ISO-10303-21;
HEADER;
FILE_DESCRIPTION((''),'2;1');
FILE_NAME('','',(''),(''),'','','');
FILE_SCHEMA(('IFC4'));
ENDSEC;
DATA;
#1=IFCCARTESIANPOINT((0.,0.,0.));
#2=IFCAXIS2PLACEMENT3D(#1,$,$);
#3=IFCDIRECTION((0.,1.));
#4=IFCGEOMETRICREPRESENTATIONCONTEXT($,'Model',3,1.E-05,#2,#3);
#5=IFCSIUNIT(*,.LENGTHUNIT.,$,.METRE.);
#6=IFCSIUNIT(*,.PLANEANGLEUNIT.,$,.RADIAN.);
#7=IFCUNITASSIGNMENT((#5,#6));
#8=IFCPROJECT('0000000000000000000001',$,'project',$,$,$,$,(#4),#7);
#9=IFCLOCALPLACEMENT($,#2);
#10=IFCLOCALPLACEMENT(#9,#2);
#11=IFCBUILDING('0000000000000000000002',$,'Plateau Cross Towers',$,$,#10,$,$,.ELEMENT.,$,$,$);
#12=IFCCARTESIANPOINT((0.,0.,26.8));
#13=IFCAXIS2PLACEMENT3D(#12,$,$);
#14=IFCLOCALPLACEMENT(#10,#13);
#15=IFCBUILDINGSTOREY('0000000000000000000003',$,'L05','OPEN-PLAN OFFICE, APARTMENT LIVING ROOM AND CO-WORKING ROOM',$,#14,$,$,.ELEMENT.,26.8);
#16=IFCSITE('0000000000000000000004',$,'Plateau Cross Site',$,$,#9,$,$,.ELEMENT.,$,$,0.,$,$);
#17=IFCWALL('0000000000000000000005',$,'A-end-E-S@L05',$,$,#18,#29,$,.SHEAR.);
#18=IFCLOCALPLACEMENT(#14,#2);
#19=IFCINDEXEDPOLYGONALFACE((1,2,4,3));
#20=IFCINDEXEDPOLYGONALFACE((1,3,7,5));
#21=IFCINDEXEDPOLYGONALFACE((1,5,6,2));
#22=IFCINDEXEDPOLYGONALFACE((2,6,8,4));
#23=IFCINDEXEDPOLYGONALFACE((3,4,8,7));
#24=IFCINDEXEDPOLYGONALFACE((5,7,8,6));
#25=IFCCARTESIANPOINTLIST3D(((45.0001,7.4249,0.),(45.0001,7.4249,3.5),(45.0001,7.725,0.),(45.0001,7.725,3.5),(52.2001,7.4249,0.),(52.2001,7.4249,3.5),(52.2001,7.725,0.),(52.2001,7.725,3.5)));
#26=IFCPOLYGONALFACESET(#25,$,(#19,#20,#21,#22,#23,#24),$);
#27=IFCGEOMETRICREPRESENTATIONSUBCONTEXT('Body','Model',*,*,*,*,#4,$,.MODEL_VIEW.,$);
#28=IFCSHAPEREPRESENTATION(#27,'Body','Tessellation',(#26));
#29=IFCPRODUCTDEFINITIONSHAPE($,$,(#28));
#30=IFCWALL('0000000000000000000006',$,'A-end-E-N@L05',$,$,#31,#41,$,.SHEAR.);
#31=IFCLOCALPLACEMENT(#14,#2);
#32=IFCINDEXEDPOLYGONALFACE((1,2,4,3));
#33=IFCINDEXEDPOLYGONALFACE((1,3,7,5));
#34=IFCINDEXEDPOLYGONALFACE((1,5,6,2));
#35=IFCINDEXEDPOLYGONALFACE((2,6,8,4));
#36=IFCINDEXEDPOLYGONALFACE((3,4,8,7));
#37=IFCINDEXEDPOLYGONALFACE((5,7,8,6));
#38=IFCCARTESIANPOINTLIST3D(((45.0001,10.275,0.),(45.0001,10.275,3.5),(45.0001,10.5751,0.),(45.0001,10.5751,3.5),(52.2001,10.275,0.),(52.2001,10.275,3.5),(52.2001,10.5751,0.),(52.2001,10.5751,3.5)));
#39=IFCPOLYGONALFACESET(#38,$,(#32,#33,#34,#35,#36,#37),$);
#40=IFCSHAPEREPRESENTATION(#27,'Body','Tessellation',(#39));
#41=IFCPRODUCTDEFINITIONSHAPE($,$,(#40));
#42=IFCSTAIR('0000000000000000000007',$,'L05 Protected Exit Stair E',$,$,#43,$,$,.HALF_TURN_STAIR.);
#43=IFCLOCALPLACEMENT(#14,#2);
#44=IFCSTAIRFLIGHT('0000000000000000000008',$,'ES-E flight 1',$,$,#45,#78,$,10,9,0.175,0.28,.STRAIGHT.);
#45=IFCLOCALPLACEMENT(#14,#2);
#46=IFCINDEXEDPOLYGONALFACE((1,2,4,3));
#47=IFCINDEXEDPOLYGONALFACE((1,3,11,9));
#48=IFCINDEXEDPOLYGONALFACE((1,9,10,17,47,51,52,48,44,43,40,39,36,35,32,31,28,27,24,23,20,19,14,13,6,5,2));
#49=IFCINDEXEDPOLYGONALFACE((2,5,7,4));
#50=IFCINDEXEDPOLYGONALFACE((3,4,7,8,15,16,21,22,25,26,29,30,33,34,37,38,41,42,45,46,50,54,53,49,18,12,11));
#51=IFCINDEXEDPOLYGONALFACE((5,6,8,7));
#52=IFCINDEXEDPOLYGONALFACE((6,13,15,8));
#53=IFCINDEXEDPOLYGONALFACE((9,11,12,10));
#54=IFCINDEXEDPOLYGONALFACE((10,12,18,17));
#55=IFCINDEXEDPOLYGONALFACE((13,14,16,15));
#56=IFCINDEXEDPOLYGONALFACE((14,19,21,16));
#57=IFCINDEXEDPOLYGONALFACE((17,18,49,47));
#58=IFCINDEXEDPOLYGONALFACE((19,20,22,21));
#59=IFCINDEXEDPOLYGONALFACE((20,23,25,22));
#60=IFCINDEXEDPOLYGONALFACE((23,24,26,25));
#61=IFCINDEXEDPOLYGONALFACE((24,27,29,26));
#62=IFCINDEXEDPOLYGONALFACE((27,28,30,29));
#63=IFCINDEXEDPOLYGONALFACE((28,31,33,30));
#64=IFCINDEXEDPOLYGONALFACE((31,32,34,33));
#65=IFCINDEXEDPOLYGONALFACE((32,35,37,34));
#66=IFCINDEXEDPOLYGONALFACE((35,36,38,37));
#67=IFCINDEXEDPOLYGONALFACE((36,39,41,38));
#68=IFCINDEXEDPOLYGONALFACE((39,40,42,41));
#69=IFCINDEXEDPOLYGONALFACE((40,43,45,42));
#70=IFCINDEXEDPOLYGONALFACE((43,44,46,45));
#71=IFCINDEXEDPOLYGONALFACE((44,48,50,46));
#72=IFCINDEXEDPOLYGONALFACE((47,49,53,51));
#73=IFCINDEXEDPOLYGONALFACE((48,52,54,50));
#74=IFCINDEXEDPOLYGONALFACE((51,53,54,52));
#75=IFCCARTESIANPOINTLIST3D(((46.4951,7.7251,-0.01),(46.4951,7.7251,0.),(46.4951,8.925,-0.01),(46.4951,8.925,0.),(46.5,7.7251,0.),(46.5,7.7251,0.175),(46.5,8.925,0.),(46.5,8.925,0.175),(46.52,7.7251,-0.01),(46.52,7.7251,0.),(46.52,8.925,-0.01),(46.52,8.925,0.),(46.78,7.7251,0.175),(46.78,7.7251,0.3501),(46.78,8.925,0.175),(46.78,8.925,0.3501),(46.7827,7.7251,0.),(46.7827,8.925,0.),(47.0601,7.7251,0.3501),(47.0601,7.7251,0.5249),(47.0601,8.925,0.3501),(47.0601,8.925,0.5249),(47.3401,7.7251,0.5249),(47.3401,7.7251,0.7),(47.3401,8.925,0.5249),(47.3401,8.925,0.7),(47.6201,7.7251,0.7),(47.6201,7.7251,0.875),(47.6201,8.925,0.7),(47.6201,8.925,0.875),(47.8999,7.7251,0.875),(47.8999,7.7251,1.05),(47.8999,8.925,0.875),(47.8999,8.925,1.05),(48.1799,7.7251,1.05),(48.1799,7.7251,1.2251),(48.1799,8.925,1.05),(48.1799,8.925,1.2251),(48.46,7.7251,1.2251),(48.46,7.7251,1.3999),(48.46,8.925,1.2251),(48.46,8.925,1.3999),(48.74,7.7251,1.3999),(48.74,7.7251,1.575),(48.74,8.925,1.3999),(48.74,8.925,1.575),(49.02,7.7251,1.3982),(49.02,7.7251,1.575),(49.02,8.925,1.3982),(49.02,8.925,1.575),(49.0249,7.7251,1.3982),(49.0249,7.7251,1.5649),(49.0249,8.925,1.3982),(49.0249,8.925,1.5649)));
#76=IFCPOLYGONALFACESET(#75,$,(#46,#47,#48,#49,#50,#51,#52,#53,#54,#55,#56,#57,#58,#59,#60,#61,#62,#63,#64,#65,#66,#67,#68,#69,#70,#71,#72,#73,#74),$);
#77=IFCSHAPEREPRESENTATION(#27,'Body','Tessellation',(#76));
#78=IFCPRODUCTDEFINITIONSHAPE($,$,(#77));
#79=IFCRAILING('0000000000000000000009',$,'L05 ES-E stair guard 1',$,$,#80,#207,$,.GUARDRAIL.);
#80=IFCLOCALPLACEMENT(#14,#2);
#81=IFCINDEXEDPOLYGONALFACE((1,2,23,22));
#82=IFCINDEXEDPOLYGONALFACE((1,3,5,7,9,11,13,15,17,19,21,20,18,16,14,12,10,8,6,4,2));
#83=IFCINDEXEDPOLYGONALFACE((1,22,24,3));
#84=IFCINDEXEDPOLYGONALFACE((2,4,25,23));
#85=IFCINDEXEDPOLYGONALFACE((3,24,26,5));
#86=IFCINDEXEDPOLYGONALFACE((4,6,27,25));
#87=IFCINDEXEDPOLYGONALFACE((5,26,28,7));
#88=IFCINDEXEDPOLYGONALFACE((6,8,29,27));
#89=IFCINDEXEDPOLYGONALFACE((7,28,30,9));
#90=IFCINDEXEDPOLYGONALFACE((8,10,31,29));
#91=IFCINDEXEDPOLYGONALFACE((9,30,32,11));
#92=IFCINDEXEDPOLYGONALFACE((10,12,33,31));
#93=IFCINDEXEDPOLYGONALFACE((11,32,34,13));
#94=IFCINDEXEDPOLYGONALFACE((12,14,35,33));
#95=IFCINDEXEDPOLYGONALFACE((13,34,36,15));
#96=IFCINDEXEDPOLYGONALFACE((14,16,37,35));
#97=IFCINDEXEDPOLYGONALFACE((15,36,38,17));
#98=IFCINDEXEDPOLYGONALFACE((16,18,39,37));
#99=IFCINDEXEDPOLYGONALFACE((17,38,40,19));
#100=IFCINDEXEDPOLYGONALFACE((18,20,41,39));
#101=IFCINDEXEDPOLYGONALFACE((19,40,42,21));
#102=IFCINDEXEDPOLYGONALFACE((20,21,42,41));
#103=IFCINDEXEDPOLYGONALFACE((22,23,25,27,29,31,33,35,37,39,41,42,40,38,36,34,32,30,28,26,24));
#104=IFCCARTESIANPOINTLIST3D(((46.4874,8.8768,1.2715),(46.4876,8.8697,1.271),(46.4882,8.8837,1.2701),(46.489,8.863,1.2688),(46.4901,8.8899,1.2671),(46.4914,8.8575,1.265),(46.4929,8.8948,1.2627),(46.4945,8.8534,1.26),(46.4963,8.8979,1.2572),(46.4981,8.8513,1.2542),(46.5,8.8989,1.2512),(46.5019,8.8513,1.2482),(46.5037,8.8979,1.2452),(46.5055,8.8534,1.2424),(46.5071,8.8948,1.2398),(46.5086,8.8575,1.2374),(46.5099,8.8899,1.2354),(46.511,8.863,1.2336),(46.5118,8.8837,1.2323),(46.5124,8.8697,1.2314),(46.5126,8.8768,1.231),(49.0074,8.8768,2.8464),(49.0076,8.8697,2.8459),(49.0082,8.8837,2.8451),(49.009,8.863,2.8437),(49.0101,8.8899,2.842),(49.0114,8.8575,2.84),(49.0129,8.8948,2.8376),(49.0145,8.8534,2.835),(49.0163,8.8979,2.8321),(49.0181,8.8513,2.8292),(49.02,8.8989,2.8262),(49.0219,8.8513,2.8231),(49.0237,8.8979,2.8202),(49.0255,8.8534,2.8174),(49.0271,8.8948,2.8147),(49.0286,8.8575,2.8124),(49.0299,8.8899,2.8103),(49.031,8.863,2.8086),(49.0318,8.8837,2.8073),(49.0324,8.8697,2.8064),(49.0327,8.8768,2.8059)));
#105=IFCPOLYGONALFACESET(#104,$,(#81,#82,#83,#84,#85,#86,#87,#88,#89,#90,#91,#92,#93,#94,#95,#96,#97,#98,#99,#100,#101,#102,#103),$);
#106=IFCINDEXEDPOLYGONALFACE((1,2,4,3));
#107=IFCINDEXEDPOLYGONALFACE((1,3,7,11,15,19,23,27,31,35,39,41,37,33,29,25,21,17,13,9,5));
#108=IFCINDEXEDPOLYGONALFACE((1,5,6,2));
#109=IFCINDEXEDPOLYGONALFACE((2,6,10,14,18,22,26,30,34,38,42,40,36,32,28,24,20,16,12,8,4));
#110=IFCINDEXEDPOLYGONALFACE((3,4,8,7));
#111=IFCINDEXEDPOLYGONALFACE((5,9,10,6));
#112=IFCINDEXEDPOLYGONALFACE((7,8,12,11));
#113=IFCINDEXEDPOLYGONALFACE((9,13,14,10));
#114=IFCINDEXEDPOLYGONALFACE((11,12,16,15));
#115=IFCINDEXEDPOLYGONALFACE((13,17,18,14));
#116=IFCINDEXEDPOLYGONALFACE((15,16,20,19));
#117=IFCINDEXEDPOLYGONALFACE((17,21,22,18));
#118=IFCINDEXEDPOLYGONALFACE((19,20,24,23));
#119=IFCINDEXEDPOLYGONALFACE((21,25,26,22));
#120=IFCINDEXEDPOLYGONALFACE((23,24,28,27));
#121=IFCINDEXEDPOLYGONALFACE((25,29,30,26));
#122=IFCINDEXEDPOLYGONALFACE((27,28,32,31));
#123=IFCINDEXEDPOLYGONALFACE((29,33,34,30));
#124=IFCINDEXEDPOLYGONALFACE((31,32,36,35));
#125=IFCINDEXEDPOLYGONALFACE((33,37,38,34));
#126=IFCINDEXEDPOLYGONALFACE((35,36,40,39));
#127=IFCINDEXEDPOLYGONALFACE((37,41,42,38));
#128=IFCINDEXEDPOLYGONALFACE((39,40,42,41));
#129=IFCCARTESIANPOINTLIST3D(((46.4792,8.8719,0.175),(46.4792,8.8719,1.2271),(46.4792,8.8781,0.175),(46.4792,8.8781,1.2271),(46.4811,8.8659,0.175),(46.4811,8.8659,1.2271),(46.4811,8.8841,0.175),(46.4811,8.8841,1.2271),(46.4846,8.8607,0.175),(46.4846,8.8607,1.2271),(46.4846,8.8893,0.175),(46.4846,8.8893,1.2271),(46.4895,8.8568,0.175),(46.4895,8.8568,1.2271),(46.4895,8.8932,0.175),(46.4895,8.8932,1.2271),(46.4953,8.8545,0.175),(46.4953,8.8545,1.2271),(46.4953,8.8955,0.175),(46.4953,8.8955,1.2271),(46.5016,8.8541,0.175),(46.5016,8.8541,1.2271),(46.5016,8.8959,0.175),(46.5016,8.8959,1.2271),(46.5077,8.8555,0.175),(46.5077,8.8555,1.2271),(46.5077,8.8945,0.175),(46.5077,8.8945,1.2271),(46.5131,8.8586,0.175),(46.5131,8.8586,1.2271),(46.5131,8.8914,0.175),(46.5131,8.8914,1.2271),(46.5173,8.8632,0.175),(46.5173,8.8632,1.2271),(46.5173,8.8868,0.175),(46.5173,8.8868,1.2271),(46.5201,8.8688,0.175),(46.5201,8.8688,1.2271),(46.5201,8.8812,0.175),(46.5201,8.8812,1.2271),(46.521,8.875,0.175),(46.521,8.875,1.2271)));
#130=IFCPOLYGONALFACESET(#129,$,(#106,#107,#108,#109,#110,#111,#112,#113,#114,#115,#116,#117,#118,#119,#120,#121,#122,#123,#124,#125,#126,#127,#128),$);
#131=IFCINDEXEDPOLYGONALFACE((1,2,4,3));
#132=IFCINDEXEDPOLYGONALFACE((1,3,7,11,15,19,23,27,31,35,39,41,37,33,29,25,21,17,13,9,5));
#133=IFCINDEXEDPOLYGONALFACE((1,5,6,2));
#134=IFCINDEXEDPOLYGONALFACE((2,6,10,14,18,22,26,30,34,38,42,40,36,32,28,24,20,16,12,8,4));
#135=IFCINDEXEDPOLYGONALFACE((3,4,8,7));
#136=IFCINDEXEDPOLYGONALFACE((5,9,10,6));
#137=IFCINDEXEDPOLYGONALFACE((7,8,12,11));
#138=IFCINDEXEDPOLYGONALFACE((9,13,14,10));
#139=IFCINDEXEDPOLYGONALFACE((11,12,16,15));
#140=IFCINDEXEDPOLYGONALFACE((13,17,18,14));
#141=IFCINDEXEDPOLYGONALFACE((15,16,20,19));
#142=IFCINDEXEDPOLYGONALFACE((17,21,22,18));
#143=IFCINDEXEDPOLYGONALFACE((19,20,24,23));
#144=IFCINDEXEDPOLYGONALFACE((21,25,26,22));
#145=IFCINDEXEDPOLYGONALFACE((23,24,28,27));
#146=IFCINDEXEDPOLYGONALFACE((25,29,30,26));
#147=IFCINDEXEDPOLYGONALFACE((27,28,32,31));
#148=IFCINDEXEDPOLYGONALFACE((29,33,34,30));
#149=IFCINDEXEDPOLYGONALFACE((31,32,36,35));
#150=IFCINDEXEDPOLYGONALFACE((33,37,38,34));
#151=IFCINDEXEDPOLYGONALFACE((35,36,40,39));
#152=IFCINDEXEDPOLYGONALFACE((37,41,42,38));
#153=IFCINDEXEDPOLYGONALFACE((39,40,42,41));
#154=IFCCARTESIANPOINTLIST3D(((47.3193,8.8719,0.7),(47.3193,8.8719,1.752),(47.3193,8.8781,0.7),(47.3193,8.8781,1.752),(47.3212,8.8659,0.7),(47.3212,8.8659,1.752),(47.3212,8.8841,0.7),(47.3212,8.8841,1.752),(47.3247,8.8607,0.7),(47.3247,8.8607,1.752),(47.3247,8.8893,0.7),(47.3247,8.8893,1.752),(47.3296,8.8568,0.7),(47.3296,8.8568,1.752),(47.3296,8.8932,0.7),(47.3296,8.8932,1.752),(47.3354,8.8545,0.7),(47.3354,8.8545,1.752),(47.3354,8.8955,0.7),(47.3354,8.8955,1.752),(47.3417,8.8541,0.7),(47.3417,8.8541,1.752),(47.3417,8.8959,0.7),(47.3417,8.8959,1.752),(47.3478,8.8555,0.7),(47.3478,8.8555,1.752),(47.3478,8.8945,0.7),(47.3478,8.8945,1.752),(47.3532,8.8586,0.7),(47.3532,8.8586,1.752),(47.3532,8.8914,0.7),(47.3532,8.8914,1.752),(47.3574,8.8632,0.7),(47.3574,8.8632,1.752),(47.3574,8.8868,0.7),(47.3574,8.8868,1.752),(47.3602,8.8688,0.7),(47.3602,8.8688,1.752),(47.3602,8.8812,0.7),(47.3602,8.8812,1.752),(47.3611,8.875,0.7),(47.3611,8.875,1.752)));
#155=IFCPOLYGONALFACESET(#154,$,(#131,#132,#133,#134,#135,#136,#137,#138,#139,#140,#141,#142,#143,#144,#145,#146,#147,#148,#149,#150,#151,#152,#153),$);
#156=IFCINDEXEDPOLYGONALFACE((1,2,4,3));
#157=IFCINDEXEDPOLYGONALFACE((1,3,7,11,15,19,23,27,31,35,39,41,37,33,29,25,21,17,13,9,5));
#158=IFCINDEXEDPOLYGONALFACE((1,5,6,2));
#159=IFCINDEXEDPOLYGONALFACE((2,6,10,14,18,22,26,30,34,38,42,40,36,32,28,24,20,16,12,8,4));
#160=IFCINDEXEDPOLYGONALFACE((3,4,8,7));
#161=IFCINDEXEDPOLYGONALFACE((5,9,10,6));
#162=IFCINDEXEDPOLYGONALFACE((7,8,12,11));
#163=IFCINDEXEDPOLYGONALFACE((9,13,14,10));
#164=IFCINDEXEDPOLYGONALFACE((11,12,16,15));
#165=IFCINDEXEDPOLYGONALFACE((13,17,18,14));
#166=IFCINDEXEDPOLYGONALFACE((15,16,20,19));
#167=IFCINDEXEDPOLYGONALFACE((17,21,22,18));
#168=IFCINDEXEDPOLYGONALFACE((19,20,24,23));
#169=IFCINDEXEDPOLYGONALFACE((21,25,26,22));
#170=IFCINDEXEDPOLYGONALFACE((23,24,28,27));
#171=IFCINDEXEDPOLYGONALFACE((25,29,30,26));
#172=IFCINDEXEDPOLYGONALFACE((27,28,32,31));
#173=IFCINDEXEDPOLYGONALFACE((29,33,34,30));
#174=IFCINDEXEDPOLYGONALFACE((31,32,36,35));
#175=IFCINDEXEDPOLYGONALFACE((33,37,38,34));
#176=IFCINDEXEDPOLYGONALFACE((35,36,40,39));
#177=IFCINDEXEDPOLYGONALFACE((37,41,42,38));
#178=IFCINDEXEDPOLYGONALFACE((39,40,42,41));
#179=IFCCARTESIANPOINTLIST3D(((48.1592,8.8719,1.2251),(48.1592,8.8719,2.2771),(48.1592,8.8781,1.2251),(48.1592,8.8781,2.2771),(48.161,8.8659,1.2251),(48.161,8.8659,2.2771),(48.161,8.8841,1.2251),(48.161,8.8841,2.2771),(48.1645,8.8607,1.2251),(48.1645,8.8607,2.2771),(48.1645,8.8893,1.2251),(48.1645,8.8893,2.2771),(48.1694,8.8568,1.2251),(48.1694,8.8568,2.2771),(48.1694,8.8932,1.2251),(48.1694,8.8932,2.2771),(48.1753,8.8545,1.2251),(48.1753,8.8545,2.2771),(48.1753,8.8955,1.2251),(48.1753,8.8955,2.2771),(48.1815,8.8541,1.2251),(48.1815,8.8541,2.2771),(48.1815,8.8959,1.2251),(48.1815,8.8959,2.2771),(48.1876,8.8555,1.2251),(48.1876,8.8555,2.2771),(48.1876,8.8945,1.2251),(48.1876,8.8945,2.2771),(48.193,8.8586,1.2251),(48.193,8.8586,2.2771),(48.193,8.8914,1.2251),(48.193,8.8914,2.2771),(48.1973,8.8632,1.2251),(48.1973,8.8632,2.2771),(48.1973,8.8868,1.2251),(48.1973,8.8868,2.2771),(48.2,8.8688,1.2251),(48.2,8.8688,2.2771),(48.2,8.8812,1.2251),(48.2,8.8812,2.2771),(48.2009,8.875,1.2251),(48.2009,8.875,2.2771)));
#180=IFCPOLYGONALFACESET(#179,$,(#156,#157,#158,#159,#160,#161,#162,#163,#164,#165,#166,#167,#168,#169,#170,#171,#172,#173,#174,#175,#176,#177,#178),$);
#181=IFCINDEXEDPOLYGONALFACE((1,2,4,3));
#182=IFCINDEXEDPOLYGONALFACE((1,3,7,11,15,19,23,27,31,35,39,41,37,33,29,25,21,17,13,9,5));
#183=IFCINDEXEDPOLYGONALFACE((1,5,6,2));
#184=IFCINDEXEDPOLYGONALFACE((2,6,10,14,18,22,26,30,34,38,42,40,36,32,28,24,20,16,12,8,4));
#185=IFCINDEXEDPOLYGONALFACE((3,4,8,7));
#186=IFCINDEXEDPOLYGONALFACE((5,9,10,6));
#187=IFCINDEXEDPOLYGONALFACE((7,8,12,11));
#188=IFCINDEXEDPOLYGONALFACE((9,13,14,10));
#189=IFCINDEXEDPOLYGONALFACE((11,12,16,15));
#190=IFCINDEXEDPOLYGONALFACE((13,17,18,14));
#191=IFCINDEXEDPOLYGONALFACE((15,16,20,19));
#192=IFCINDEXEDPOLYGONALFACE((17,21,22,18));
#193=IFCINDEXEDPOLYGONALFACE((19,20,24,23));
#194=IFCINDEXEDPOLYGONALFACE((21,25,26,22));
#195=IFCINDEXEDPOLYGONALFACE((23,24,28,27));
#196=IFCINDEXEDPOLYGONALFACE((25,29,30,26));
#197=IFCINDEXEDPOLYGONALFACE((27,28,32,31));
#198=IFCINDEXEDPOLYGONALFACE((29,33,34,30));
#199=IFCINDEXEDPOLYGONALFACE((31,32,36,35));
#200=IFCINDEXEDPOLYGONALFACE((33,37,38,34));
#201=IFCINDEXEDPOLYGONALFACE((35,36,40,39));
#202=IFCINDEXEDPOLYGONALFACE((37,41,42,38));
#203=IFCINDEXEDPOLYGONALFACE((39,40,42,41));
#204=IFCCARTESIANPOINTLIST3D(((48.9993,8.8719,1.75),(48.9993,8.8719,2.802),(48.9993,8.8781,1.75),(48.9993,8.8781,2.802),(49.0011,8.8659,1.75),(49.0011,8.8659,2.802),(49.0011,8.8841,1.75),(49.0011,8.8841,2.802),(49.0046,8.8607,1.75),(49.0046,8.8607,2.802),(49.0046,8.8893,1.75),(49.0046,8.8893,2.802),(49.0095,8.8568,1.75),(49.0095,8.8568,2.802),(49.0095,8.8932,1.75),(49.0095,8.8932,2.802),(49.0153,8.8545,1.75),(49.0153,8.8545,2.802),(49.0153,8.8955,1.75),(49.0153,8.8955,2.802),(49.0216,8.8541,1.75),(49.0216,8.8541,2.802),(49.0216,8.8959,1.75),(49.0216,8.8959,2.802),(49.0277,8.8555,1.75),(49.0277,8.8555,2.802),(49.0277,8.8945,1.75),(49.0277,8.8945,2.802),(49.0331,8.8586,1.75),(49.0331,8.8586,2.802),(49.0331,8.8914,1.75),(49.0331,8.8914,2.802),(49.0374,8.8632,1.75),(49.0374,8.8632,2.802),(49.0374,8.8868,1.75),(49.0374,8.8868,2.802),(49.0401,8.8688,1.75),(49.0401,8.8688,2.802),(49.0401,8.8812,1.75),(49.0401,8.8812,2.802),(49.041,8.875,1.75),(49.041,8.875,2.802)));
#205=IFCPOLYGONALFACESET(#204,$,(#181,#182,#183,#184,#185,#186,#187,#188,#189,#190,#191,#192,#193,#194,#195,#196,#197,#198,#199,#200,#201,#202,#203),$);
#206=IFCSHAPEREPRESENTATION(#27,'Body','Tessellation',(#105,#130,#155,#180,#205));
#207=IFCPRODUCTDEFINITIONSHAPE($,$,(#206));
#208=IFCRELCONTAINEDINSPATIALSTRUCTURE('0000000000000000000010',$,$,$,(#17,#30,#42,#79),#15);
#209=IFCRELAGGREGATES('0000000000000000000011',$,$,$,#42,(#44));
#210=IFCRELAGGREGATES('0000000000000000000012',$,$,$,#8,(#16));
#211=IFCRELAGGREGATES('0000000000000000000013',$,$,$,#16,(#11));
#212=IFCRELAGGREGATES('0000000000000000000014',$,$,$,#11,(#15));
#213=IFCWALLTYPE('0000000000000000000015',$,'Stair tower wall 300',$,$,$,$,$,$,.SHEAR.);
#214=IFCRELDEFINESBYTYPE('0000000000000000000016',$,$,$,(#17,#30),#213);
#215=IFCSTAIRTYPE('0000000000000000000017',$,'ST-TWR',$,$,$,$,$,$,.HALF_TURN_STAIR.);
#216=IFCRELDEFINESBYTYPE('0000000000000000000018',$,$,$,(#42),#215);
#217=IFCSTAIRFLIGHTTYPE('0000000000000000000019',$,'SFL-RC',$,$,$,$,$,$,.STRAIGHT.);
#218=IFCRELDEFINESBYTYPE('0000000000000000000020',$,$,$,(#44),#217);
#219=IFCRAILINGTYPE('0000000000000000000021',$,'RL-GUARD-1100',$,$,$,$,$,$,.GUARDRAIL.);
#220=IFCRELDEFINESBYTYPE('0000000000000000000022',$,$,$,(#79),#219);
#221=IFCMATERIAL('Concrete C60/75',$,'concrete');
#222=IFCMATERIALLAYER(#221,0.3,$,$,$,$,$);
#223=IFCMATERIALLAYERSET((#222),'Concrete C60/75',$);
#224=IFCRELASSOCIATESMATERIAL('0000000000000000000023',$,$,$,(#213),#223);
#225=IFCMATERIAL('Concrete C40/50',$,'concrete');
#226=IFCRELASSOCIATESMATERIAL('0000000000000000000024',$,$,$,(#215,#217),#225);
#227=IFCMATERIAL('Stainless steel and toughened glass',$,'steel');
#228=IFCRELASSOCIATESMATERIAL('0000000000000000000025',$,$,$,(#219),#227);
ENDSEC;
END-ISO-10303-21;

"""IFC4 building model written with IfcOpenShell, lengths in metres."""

from ifc_helpers import new_model, si_unit, direction, frame, frame_2d, origin, origin_2d, place, context, subcontext, project, spatial, polyline, rectangle, circle, outline, extrude, material, layer, layer_set, type_object, element, aggregate, save


model = new_model("IFC4")

# Units and contexts
model_context = context("Model", 3, precision=1e-05, world=origin(), true_north=direction((0.0, 1.0)))
body_context = subcontext(model_context, "Body", "Model", "MODEL_VIEW")
ifc_project = project(units=[si_unit("LENGTHUNIT", "METRE"), si_unit("PLANEANGLEUNIT", "RADIAN")], contexts=[model_context])

# Site, building, storey
site_placement = place(None, origin())
site = spatial("IfcSite", under=ifc_project, at=site_placement, Name="Plateau Cross Site", CompositionType="ELEMENT", RefElevation=0.0)
building_placement = place(site_placement, origin())
building = spatial("IfcBuilding", under=site, at=building_placement, Name="Plateau Cross Towers", CompositionType="ELEMENT")
storey_placement = place(building_placement, frame((0.0, 0.0, 26.8)))
storey = spatial("IfcBuildingStorey", under=building, at=storey_placement, Name="L05", Description="OPEN-PLAN OFFICE, APARTMENT LIVING ROOM AND CO-WORKING ROOM", CompositionType="ELEMENT", Elevation=26.8)

# Shared definitions
ifc_material_1 = material(Name="Concrete C60/75", Category="concrete")
ifc_layer_1 = layer(ifc_material_1, 0.3)
ifc_layer_set_1 = layer_set([ifc_layer_1], Name="Concrete C60/75")
wall_type_1 = type_object("IfcWallType", Name="Stair tower wall 300", PredefinedType="SHEAR", material=ifc_layer_set_1)

# Walls
for number, where, z_axis, x_axis, name in (
    (1, (45.0, 7.575, 0.0), (0.0, 0.0, 1.0), (1.0, 0.0, 0.0), "A-end-E-S@L05"),
    (2, (45.0, 10.425, 0.0), (0.0, 0.0, 1.0), (1.0, 0.0, 0.0), "A-end-E-N@L05"),
):
    element("IfcWall", number, at=place(storey_placement, frame(where, z_axis=z_axis, x_axis=x_axis)), inside=storey, type_object=wall_type_1, Name=name, PredefinedType="SHEAR", context=body_context, shape_type="SweptSolid", body=[
        extrude(rectangle(XDim=7.2, YDim=0.3, at=frame_2d((3.6001, 0.0))), origin(), (0.0, 0.0, 1.0), 3.5),
    ])

# Stair, stair flight
ifc_material_2 = material(Name="Concrete C40/50", Category="concrete")
stair_type = type_object("IfcStairType", Name="ST-TWR", PredefinedType="HALF_TURN_STAIR", material=ifc_material_2)
stair_placement = place(storey_placement, origin())
stair = element("IfcStair", 3, at=stair_placement, inside=storey, type_object=stair_type, Name="L05 Protected Exit Stair E", PredefinedType="HALF_TURN_STAIR")
stair_flight_type = type_object("IfcStairFlightType", Name="SFL-RC", PredefinedType="STRAIGHT", material=ifc_material_2)
stair_flight_placement = place(storey_placement, frame((46.5, 8.325, 0.0), z_axis=(0.0, 0.0, 1.0), x_axis=(1.0, 0.0, 0.0)))
stair_flight = element("IfcStairFlight", 4, at=stair_flight_placement, type_object=stair_flight_type, Name="ES-E flight 1", NumberOfRisers=10, NumberOfTreads=9, PredefinedType="STRAIGHT", RiserHeight=0.175, TreadLength=0.28, context=body_context, shape_type="SweptSolid", body=[
    extrude(outline(polyline([(-0.0049, -0.01), (-0.0049, 0.0), (0.0, 0.0), (0.0, 0.175), (0.28, 0.175), (0.28, 0.3501), (0.5601, 0.3501), (0.5601, 0.5249), (0.8401, 0.5249), (0.8401, 0.7), (1.1201, 0.7), (1.1201, 0.875), (1.3999, 0.875), (1.3999, 1.05), (1.6799, 1.05), (1.6799, 1.2251), (1.96, 1.2251), (1.96, 1.3999), (2.24, 1.3999), (2.24, 1.575), (2.52, 1.575), (2.5249, 1.5649), (2.5249, 1.3982), (2.52, 1.3982), (0.2827, 0.0), (0.02, 0.0), (0.02, -0.01), (-0.0049, -0.01)])), frame((0.0, 0.6001, 0.0), z_axis=(0.0, -1.0, 0.0), x_axis=(1.0, 0.0, 0.0)), (0.0, 0.0, 1.0), 1.2),
])
aggregate(stair, [stair_flight])

# Railing
ifc_material_3 = material(Name="Stainless steel and toughened glass", Category="steel")
railing_type_1 = type_object("IfcRailingType", Name="RL-GUARD-1100", PredefinedType="GUARDRAIL", material=ifc_material_3)
railing_1_placement = place(storey_placement, frame((46.5, 8.875, 0.175)))
element("IfcRailing", 5, at=railing_1_placement, inside=storey, type_object=railing_type_1, Name="L05 ES-E stair guard 1", PredefinedType="GUARDRAIL", context=body_context, shape_type="SweptSolid", body=[
    extrude(circle(Radius=0.0239, at=origin_2d()), frame((0.0, 0.0, 1.0762), z_axis=(0.848008, 0.0, 0.529984), x_axis=(0.0, 1.0, 0.0)), (0.0, 0.0, 1.0), 2.9717),
    extrude(circle(Radius=0.021, at=origin_2d()), origin(), (0.0, 0.0, 1.0), 1.052),
    extrude(circle(Radius=0.021, at=origin_2d()), frame((0.8401, 0.0, 0.5249)), (0.0, 0.0, 1.0), 1.052),
    extrude(circle(Radius=0.021, at=origin_2d()), frame((1.6799, 0.0, 1.05)), (0.0, 0.0, 1.0), 1.052),
    extrude(circle(Radius=0.021, at=origin_2d()), frame((2.52, 0.0, 1.575)), (0.0, 0.0, 1.0), 1.052),
])

save(model, "model.ifc")
